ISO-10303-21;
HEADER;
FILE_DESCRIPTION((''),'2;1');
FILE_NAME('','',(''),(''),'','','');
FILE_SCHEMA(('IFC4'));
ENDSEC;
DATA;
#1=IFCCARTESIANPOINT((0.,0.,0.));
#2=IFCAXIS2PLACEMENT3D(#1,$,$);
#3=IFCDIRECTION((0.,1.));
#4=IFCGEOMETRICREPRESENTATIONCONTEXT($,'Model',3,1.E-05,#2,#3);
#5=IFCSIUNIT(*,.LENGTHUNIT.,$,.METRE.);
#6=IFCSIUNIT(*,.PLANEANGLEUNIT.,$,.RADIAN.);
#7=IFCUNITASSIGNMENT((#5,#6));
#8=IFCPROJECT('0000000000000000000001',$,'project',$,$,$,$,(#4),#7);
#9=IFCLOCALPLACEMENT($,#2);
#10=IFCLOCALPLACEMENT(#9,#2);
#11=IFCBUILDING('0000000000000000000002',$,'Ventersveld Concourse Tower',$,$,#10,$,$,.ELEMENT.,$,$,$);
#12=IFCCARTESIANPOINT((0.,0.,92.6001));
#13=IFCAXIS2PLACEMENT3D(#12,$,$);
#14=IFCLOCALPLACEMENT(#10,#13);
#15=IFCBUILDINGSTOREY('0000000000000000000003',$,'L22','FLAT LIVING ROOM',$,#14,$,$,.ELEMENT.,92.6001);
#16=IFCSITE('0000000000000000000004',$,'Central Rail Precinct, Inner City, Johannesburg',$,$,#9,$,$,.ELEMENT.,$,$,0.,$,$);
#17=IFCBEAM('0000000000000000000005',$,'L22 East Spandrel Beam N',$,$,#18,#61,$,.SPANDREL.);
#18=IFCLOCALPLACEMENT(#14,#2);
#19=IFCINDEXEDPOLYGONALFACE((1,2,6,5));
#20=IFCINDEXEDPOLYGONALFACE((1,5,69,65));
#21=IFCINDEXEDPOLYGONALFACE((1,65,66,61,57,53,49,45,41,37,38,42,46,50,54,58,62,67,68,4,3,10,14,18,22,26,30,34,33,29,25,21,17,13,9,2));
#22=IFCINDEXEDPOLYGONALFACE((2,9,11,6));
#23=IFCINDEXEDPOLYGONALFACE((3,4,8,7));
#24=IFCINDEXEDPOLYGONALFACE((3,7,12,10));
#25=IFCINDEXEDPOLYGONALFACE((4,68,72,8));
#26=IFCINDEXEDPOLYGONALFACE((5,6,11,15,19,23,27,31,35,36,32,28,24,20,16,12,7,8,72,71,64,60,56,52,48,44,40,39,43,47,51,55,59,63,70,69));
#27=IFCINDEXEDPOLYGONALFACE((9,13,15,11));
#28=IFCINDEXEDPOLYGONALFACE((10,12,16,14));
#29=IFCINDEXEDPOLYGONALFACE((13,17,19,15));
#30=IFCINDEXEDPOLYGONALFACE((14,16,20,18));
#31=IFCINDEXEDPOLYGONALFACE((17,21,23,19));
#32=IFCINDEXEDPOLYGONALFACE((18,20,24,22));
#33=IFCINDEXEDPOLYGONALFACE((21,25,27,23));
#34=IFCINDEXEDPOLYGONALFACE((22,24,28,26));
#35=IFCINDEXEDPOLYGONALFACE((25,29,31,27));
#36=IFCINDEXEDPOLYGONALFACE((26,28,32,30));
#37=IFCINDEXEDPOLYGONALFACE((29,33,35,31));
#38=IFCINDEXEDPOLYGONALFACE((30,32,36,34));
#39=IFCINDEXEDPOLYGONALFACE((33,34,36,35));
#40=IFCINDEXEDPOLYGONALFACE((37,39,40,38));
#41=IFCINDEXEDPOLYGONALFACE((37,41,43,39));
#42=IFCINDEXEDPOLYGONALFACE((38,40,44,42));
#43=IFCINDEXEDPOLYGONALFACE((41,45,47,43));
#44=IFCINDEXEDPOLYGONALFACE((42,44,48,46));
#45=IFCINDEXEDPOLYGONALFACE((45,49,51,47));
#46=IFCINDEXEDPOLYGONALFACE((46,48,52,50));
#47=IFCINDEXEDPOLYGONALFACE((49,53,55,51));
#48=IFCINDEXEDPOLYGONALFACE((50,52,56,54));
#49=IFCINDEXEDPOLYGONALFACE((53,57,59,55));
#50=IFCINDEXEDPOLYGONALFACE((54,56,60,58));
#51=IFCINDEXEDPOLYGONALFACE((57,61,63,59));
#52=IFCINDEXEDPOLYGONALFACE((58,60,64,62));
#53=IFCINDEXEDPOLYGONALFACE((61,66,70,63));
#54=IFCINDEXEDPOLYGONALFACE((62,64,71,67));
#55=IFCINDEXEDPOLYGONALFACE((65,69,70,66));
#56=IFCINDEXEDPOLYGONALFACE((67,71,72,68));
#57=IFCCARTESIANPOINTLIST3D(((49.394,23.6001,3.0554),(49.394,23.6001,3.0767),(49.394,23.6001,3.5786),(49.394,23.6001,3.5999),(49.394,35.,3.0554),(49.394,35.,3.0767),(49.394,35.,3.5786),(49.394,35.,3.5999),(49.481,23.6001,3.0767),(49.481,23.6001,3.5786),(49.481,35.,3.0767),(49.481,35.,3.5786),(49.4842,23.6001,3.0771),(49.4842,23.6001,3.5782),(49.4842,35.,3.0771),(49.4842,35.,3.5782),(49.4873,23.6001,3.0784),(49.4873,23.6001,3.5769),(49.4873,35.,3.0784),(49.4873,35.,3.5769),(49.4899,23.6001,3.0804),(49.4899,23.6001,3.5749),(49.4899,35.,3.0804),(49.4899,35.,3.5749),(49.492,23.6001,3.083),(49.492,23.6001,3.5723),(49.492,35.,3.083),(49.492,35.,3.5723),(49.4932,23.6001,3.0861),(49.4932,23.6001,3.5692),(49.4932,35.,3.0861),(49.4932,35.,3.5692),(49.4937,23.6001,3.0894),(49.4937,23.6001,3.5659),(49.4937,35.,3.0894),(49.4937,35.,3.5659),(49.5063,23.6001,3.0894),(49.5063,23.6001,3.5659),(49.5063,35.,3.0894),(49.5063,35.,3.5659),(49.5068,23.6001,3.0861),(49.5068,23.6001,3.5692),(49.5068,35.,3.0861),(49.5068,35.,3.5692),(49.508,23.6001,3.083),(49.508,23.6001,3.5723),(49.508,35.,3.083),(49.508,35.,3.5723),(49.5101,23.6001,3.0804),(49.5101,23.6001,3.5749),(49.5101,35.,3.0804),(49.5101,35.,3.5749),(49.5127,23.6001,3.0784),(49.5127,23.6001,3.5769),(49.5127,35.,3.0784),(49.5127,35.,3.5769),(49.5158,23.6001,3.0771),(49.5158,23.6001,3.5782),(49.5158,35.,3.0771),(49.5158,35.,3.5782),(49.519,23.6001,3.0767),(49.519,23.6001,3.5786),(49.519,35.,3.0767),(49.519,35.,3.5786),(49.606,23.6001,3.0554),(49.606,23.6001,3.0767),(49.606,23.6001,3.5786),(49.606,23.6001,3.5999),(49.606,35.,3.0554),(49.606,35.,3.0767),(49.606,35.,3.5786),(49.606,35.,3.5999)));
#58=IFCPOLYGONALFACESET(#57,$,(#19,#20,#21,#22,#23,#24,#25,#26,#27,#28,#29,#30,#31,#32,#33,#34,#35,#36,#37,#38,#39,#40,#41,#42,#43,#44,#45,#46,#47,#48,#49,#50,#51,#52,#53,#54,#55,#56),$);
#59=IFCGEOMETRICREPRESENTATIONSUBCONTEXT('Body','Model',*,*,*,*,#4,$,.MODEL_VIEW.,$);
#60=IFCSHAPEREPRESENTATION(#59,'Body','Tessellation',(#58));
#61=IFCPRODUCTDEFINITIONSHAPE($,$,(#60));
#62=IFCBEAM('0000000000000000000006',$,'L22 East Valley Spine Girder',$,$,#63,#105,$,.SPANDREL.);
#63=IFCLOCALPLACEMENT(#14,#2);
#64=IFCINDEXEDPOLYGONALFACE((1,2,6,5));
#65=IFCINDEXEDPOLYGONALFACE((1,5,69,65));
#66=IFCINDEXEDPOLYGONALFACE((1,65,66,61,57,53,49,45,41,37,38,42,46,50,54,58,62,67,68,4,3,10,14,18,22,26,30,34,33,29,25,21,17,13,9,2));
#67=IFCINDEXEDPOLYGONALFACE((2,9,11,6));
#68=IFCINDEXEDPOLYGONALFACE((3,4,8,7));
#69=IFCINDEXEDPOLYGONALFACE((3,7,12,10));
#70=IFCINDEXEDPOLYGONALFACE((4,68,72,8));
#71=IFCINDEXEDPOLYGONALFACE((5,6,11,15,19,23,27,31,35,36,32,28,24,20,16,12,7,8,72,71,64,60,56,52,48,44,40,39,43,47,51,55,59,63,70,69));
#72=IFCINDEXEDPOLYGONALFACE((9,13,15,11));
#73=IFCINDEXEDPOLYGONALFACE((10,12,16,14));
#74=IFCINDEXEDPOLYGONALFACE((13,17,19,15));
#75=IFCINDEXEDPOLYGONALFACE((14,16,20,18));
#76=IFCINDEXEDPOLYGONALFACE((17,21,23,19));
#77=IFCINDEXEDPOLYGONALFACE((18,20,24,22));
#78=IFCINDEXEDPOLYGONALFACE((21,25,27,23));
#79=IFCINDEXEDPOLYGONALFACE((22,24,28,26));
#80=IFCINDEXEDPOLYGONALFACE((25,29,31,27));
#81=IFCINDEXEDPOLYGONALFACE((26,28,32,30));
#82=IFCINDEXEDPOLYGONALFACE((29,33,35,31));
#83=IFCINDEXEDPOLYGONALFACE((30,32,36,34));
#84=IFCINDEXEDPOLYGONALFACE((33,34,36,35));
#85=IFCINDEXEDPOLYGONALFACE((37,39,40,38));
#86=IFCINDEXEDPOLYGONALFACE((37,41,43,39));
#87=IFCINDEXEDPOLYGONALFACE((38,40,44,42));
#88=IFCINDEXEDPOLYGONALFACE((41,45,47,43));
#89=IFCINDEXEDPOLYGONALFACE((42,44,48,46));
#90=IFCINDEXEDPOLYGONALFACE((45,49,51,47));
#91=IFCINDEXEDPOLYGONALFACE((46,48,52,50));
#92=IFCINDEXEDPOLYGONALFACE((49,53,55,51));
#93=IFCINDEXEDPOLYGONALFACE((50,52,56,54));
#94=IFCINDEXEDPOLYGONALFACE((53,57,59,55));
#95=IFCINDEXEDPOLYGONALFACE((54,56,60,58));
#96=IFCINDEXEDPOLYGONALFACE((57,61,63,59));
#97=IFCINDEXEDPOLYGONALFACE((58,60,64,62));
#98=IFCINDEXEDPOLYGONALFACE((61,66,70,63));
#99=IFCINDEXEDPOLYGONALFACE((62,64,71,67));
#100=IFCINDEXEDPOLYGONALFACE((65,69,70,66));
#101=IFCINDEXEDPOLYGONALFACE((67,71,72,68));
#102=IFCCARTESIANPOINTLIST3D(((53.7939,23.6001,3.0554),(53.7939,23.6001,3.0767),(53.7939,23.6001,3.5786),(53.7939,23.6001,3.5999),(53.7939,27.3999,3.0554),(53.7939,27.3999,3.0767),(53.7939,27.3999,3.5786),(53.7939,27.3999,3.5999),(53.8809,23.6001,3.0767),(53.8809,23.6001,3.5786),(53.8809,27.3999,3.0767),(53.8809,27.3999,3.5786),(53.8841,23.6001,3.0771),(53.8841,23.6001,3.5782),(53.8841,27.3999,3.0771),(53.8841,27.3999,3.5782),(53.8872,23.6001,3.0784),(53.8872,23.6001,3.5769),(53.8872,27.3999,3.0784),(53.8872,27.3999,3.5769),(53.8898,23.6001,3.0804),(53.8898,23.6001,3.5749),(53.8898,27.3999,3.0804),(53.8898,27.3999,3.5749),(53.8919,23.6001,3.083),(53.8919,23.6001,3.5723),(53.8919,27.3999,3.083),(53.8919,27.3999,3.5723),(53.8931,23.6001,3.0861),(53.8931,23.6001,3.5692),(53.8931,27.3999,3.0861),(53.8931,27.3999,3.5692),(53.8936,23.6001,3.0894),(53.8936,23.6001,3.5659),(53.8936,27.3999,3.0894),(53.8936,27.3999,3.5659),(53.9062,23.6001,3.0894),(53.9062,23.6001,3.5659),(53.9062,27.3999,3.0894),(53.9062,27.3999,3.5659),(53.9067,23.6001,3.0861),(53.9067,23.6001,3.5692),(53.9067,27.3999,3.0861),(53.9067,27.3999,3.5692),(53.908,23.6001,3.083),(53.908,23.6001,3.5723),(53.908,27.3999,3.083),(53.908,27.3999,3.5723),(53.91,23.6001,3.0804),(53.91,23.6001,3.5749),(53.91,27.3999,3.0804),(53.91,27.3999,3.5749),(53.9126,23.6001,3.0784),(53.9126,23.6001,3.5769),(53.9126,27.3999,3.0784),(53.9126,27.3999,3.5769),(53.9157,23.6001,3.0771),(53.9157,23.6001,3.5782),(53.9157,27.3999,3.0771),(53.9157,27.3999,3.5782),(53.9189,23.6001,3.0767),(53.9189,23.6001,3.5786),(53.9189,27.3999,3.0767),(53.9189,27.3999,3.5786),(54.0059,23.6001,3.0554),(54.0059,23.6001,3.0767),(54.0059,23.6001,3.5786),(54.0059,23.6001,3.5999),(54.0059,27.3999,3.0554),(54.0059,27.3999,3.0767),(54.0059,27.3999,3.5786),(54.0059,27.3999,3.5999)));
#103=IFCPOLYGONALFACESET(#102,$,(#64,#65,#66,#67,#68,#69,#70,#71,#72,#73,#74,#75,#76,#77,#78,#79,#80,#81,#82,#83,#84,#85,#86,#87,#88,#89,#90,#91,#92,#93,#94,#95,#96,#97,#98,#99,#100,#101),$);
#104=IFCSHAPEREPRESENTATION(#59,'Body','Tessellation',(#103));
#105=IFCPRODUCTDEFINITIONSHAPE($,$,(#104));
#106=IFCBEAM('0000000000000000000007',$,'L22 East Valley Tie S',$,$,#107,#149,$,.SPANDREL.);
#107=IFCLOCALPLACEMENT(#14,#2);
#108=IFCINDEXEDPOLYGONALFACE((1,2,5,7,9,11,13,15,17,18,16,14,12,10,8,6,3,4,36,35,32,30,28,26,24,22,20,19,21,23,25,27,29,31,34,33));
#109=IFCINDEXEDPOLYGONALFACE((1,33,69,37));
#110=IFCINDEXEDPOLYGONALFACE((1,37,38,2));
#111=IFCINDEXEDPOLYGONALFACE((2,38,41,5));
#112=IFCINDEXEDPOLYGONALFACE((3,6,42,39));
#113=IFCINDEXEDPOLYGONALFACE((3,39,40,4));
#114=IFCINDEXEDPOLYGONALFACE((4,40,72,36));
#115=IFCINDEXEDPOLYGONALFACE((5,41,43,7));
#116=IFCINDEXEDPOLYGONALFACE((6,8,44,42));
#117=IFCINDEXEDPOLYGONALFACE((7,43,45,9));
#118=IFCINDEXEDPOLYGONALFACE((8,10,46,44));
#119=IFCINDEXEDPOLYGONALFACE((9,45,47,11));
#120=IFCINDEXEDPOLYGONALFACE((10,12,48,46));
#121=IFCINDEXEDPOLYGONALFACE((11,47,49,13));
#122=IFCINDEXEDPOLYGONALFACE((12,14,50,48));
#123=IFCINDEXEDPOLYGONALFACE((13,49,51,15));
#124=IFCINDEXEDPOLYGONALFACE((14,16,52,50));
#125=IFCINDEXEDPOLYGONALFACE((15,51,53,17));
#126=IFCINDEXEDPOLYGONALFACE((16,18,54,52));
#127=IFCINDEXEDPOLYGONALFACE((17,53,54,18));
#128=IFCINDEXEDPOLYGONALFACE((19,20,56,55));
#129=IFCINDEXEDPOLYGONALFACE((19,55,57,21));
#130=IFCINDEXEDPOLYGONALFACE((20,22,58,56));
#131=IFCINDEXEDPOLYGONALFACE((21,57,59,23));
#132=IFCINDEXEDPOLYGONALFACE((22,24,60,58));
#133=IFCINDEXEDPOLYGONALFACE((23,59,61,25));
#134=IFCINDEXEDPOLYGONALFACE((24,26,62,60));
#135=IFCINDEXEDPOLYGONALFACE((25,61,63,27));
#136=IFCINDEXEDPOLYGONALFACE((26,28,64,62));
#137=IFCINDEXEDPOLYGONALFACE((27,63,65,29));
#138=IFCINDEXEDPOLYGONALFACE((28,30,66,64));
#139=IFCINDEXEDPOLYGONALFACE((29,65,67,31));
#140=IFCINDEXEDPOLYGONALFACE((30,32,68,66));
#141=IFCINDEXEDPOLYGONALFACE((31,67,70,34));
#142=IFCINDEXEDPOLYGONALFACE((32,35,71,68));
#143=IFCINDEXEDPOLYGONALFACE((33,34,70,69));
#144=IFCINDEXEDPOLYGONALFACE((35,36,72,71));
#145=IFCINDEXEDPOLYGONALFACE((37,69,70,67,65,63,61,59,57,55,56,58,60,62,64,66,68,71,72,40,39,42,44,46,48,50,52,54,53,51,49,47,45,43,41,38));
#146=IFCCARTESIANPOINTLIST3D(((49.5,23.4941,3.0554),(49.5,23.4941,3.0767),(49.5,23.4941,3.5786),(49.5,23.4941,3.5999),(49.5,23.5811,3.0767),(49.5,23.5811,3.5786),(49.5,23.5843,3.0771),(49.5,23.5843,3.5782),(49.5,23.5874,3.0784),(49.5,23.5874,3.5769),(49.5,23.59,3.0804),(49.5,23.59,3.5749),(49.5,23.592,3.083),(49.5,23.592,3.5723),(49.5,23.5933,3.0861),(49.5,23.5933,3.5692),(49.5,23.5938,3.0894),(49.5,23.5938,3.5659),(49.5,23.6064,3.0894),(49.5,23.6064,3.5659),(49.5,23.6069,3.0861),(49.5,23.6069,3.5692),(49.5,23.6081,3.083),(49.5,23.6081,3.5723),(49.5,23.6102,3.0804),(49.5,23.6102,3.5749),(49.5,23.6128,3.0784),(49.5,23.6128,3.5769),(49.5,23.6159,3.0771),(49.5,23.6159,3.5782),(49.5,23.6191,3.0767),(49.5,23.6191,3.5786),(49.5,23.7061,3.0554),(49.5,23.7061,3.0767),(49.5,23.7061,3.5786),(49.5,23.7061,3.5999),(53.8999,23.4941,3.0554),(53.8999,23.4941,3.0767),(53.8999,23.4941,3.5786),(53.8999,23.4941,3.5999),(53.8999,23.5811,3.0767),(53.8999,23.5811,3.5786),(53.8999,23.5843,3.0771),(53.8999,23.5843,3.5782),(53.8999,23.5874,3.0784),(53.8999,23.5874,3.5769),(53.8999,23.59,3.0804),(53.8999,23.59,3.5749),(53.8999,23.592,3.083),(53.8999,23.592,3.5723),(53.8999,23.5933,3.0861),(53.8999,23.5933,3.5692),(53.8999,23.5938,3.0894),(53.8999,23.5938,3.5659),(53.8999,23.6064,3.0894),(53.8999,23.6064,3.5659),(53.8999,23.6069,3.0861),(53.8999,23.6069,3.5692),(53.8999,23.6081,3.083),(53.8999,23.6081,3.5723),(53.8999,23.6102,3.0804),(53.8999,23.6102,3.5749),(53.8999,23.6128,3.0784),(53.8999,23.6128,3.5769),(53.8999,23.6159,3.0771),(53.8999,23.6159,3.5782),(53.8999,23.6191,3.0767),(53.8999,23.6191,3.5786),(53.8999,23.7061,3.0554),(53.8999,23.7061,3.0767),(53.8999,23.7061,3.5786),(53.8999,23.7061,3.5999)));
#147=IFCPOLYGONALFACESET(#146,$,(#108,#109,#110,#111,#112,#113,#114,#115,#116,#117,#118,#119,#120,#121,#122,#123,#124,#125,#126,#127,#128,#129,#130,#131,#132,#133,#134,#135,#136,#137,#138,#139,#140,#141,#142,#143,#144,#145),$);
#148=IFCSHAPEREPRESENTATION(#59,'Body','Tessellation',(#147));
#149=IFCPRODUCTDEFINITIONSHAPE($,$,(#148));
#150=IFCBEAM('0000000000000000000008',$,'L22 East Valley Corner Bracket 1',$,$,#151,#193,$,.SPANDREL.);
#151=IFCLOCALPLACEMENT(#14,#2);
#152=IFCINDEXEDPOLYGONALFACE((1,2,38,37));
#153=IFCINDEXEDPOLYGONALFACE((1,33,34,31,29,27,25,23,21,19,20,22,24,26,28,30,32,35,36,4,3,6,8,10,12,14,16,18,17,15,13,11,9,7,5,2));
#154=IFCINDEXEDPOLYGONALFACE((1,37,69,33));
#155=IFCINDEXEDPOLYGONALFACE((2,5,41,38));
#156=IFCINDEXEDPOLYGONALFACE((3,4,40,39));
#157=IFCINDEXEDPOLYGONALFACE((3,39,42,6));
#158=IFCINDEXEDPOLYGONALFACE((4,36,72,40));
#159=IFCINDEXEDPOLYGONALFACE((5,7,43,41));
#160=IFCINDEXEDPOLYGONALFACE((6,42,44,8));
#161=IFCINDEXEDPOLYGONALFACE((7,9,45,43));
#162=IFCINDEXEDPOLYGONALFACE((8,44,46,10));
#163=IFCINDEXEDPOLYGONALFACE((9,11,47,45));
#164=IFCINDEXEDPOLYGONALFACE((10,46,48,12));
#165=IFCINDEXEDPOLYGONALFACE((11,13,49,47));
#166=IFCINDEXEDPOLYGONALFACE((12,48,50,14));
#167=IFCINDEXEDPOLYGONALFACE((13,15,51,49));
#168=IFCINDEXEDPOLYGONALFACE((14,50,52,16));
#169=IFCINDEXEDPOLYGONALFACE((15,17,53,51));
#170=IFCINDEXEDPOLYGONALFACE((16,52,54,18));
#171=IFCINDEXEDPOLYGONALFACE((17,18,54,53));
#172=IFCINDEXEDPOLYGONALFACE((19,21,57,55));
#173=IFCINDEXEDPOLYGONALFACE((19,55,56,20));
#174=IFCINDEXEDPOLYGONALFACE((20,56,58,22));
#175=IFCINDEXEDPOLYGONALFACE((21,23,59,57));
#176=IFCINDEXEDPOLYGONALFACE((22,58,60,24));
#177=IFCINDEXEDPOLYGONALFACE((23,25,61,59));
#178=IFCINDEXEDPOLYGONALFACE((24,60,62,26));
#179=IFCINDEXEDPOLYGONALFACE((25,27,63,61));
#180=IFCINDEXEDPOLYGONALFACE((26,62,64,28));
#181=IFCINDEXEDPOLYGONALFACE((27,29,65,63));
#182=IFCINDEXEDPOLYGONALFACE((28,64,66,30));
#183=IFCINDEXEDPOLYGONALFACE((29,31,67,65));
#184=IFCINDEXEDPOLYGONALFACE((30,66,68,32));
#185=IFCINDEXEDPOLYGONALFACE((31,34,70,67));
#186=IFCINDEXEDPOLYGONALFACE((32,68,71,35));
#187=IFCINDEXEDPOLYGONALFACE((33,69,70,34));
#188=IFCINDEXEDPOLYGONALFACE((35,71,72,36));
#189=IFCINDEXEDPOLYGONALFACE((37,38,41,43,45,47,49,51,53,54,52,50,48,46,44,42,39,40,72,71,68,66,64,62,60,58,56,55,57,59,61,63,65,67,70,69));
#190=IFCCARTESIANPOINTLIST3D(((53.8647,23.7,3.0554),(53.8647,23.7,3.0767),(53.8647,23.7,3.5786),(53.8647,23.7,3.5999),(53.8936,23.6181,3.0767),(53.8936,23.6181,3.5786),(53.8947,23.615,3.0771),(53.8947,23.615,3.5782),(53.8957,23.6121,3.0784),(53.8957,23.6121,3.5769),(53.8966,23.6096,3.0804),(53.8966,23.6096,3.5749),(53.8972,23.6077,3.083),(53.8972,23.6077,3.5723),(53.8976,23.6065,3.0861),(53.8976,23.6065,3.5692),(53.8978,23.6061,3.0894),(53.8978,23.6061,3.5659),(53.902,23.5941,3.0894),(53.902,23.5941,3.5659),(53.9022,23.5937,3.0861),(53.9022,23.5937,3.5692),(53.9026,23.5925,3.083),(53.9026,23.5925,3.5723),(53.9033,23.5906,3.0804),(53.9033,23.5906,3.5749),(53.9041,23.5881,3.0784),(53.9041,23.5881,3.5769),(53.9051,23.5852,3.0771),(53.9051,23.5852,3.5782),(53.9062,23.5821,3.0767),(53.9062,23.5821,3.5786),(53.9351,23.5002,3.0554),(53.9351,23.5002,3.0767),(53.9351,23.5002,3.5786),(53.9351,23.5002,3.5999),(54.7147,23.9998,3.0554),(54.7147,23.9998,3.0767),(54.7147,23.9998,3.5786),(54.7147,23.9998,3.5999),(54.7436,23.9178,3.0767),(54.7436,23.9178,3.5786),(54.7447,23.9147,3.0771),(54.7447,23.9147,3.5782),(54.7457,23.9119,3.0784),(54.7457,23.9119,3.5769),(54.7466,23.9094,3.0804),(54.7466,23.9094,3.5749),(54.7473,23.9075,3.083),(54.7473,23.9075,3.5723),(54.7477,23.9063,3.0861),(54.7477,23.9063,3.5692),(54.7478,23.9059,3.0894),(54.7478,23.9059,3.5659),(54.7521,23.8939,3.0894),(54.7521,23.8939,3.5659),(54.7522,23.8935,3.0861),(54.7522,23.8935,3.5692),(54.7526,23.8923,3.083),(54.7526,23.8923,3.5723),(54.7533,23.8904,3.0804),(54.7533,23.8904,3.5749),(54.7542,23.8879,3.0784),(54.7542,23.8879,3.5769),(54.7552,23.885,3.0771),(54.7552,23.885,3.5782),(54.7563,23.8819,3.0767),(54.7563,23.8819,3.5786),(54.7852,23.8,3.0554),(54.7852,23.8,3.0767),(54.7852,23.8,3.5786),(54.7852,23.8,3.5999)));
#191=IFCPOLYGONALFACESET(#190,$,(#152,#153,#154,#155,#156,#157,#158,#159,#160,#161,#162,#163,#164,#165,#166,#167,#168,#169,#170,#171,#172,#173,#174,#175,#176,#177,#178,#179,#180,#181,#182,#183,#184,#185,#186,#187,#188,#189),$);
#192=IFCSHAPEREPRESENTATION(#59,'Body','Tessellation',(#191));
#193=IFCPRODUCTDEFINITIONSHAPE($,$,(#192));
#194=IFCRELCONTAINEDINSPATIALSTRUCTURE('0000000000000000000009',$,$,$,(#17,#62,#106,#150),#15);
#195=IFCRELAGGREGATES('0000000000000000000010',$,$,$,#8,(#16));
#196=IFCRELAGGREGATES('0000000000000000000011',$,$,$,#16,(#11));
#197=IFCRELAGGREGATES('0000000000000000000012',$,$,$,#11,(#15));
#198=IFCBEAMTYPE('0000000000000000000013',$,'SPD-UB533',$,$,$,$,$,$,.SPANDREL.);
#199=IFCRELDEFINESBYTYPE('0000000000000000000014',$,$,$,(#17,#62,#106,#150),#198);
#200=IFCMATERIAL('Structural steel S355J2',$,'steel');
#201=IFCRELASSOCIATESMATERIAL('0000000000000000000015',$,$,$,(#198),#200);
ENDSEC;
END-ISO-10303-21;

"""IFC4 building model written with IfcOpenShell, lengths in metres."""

from ifc_helpers import new_model, si_unit, direction, frame, origin, origin_2d, place, context, subcontext, project, spatial, i_section, extrude, material, material_profile, profile_set, type_object, element, save


model = new_model("IFC4")

# Units and contexts
model_context = context("Model", 3, precision=1e-05, world=origin(), true_north=direction((0.0, 1.0)))
body_context = subcontext(model_context, "Body", "Model", "MODEL_VIEW")
ifc_project = project(units=[si_unit("LENGTHUNIT", "METRE"), si_unit("PLANEANGLEUNIT", "RADIAN")], contexts=[model_context])

# Site, building, storey
site_placement = place(None, origin())
site = spatial("IfcSite", under=ifc_project, at=site_placement, Name="Central Rail Precinct, Inner City, Johannesburg", CompositionType="ELEMENT", RefElevation=0.0)
building_placement = place(site_placement, origin())
building = spatial("IfcBuilding", under=site, at=building_placement, Name="Ventersveld Concourse Tower", CompositionType="ELEMENT")
storey_placement = place(building_placement, frame((0.0, 0.0, 92.6001)))
storey = spatial("IfcBuildingStorey", under=building, at=storey_placement, Name="L22", Description="FLAT LIVING ROOM", CompositionType="ELEMENT", Elevation=92.6001)

# Beams
ifc_material_1 = material(Name="Structural steel S355J2", Category="steel")
ifc_material_profile_1 = material_profile(ifc_material_1, i_section(OverallWidth=0.2119, OverallDepth=0.5444, WebThickness=0.0127, FlangeThickness=0.0212, FilletRadius=0.0127, at=origin_2d()), Name="UB 533x210x122")
ifc_profile_set_1 = profile_set([ifc_material_profile_1], Name="Structural steel S355J2")
beam_type_1 = type_object("IfcBeamType", Name="SPD-UB533", PredefinedType="SPANDREL", material=ifc_profile_set_1)
beam_1_placement = place(storey_placement, frame((49.5, 23.6001, 3.3276), z_axis=(0.0, 1.0, 0.0), x_axis=(-1.0, 0.0, 0.0)))
element("IfcBeam", 1, at=beam_1_placement, inside=storey, type_object=beam_type_1, Name="L22 East Spandrel Beam N", PredefinedType="SPANDREL", context=body_context, shape_type="SweptSolid", body=[
    extrude(i_section(OverallWidth=0.2119, OverallDepth=0.5444, WebThickness=0.0127, FlangeThickness=0.0212, FilletRadius=0.0127, at=origin_2d()), origin(), (0.0, 0.0, 1.0), 11.3999),
])
beam_2_placement = place(storey_placement, frame((53.8999, 23.6001, 3.3276), z_axis=(0.0, 1.0, 0.0), x_axis=(-1.0, 0.0, 0.0)))
element("IfcBeam", 2, at=beam_2_placement, inside=storey, type_object=beam_type_1, Name="L22 East Valley Spine Girder", PredefinedType="SPANDREL", context=body_context, shape_type="SweptSolid", body=[
    extrude(i_section(OverallWidth=0.2119, OverallDepth=0.5444, WebThickness=0.0127, FlangeThickness=0.0212, FilletRadius=0.0127, at=origin_2d()), origin(), (0.0, 0.0, 1.0), 3.7998),
])
beam_3_placement = place(storey_placement, frame((49.5, 23.6001, 3.3276), z_axis=(1.0, 0.0, 0.0), x_axis=(0.0, 1.0, 0.0)))
element("IfcBeam", 3, at=beam_3_placement, inside=storey, type_object=beam_type_1, Name="L22 East Valley Tie S", PredefinedType="SPANDREL", context=body_context, shape_type="SweptSolid", body=[
    extrude(i_section(OverallWidth=0.2119, OverallDepth=0.5444, WebThickness=0.0127, FlangeThickness=0.0212, FilletRadius=0.0127, at=origin_2d()), origin(), (0.0, 0.0, 1.0), 4.3999),
])
beam_4_placement = place(storey_placement, frame((53.8999, 23.6001, 3.3276), z_axis=(0.94307, 0.332593, 0.0), x_axis=(-0.332593, 0.94307, 0.0)))
element("IfcBeam", 4, at=beam_4_placement, inside=storey, type_object=beam_type_1, Name="L22 East Valley Corner Bracket 1", PredefinedType="SPANDREL", context=body_context, shape_type="SweptSolid", body=[
    extrude(i_section(OverallWidth=0.2119, OverallDepth=0.5444, WebThickness=0.0127, FlangeThickness=0.0212, FilletRadius=0.0127, at=origin_2d()), origin(), (0.0, 0.0, 1.0), 0.9014),
])

save(model, "model.ifc")
